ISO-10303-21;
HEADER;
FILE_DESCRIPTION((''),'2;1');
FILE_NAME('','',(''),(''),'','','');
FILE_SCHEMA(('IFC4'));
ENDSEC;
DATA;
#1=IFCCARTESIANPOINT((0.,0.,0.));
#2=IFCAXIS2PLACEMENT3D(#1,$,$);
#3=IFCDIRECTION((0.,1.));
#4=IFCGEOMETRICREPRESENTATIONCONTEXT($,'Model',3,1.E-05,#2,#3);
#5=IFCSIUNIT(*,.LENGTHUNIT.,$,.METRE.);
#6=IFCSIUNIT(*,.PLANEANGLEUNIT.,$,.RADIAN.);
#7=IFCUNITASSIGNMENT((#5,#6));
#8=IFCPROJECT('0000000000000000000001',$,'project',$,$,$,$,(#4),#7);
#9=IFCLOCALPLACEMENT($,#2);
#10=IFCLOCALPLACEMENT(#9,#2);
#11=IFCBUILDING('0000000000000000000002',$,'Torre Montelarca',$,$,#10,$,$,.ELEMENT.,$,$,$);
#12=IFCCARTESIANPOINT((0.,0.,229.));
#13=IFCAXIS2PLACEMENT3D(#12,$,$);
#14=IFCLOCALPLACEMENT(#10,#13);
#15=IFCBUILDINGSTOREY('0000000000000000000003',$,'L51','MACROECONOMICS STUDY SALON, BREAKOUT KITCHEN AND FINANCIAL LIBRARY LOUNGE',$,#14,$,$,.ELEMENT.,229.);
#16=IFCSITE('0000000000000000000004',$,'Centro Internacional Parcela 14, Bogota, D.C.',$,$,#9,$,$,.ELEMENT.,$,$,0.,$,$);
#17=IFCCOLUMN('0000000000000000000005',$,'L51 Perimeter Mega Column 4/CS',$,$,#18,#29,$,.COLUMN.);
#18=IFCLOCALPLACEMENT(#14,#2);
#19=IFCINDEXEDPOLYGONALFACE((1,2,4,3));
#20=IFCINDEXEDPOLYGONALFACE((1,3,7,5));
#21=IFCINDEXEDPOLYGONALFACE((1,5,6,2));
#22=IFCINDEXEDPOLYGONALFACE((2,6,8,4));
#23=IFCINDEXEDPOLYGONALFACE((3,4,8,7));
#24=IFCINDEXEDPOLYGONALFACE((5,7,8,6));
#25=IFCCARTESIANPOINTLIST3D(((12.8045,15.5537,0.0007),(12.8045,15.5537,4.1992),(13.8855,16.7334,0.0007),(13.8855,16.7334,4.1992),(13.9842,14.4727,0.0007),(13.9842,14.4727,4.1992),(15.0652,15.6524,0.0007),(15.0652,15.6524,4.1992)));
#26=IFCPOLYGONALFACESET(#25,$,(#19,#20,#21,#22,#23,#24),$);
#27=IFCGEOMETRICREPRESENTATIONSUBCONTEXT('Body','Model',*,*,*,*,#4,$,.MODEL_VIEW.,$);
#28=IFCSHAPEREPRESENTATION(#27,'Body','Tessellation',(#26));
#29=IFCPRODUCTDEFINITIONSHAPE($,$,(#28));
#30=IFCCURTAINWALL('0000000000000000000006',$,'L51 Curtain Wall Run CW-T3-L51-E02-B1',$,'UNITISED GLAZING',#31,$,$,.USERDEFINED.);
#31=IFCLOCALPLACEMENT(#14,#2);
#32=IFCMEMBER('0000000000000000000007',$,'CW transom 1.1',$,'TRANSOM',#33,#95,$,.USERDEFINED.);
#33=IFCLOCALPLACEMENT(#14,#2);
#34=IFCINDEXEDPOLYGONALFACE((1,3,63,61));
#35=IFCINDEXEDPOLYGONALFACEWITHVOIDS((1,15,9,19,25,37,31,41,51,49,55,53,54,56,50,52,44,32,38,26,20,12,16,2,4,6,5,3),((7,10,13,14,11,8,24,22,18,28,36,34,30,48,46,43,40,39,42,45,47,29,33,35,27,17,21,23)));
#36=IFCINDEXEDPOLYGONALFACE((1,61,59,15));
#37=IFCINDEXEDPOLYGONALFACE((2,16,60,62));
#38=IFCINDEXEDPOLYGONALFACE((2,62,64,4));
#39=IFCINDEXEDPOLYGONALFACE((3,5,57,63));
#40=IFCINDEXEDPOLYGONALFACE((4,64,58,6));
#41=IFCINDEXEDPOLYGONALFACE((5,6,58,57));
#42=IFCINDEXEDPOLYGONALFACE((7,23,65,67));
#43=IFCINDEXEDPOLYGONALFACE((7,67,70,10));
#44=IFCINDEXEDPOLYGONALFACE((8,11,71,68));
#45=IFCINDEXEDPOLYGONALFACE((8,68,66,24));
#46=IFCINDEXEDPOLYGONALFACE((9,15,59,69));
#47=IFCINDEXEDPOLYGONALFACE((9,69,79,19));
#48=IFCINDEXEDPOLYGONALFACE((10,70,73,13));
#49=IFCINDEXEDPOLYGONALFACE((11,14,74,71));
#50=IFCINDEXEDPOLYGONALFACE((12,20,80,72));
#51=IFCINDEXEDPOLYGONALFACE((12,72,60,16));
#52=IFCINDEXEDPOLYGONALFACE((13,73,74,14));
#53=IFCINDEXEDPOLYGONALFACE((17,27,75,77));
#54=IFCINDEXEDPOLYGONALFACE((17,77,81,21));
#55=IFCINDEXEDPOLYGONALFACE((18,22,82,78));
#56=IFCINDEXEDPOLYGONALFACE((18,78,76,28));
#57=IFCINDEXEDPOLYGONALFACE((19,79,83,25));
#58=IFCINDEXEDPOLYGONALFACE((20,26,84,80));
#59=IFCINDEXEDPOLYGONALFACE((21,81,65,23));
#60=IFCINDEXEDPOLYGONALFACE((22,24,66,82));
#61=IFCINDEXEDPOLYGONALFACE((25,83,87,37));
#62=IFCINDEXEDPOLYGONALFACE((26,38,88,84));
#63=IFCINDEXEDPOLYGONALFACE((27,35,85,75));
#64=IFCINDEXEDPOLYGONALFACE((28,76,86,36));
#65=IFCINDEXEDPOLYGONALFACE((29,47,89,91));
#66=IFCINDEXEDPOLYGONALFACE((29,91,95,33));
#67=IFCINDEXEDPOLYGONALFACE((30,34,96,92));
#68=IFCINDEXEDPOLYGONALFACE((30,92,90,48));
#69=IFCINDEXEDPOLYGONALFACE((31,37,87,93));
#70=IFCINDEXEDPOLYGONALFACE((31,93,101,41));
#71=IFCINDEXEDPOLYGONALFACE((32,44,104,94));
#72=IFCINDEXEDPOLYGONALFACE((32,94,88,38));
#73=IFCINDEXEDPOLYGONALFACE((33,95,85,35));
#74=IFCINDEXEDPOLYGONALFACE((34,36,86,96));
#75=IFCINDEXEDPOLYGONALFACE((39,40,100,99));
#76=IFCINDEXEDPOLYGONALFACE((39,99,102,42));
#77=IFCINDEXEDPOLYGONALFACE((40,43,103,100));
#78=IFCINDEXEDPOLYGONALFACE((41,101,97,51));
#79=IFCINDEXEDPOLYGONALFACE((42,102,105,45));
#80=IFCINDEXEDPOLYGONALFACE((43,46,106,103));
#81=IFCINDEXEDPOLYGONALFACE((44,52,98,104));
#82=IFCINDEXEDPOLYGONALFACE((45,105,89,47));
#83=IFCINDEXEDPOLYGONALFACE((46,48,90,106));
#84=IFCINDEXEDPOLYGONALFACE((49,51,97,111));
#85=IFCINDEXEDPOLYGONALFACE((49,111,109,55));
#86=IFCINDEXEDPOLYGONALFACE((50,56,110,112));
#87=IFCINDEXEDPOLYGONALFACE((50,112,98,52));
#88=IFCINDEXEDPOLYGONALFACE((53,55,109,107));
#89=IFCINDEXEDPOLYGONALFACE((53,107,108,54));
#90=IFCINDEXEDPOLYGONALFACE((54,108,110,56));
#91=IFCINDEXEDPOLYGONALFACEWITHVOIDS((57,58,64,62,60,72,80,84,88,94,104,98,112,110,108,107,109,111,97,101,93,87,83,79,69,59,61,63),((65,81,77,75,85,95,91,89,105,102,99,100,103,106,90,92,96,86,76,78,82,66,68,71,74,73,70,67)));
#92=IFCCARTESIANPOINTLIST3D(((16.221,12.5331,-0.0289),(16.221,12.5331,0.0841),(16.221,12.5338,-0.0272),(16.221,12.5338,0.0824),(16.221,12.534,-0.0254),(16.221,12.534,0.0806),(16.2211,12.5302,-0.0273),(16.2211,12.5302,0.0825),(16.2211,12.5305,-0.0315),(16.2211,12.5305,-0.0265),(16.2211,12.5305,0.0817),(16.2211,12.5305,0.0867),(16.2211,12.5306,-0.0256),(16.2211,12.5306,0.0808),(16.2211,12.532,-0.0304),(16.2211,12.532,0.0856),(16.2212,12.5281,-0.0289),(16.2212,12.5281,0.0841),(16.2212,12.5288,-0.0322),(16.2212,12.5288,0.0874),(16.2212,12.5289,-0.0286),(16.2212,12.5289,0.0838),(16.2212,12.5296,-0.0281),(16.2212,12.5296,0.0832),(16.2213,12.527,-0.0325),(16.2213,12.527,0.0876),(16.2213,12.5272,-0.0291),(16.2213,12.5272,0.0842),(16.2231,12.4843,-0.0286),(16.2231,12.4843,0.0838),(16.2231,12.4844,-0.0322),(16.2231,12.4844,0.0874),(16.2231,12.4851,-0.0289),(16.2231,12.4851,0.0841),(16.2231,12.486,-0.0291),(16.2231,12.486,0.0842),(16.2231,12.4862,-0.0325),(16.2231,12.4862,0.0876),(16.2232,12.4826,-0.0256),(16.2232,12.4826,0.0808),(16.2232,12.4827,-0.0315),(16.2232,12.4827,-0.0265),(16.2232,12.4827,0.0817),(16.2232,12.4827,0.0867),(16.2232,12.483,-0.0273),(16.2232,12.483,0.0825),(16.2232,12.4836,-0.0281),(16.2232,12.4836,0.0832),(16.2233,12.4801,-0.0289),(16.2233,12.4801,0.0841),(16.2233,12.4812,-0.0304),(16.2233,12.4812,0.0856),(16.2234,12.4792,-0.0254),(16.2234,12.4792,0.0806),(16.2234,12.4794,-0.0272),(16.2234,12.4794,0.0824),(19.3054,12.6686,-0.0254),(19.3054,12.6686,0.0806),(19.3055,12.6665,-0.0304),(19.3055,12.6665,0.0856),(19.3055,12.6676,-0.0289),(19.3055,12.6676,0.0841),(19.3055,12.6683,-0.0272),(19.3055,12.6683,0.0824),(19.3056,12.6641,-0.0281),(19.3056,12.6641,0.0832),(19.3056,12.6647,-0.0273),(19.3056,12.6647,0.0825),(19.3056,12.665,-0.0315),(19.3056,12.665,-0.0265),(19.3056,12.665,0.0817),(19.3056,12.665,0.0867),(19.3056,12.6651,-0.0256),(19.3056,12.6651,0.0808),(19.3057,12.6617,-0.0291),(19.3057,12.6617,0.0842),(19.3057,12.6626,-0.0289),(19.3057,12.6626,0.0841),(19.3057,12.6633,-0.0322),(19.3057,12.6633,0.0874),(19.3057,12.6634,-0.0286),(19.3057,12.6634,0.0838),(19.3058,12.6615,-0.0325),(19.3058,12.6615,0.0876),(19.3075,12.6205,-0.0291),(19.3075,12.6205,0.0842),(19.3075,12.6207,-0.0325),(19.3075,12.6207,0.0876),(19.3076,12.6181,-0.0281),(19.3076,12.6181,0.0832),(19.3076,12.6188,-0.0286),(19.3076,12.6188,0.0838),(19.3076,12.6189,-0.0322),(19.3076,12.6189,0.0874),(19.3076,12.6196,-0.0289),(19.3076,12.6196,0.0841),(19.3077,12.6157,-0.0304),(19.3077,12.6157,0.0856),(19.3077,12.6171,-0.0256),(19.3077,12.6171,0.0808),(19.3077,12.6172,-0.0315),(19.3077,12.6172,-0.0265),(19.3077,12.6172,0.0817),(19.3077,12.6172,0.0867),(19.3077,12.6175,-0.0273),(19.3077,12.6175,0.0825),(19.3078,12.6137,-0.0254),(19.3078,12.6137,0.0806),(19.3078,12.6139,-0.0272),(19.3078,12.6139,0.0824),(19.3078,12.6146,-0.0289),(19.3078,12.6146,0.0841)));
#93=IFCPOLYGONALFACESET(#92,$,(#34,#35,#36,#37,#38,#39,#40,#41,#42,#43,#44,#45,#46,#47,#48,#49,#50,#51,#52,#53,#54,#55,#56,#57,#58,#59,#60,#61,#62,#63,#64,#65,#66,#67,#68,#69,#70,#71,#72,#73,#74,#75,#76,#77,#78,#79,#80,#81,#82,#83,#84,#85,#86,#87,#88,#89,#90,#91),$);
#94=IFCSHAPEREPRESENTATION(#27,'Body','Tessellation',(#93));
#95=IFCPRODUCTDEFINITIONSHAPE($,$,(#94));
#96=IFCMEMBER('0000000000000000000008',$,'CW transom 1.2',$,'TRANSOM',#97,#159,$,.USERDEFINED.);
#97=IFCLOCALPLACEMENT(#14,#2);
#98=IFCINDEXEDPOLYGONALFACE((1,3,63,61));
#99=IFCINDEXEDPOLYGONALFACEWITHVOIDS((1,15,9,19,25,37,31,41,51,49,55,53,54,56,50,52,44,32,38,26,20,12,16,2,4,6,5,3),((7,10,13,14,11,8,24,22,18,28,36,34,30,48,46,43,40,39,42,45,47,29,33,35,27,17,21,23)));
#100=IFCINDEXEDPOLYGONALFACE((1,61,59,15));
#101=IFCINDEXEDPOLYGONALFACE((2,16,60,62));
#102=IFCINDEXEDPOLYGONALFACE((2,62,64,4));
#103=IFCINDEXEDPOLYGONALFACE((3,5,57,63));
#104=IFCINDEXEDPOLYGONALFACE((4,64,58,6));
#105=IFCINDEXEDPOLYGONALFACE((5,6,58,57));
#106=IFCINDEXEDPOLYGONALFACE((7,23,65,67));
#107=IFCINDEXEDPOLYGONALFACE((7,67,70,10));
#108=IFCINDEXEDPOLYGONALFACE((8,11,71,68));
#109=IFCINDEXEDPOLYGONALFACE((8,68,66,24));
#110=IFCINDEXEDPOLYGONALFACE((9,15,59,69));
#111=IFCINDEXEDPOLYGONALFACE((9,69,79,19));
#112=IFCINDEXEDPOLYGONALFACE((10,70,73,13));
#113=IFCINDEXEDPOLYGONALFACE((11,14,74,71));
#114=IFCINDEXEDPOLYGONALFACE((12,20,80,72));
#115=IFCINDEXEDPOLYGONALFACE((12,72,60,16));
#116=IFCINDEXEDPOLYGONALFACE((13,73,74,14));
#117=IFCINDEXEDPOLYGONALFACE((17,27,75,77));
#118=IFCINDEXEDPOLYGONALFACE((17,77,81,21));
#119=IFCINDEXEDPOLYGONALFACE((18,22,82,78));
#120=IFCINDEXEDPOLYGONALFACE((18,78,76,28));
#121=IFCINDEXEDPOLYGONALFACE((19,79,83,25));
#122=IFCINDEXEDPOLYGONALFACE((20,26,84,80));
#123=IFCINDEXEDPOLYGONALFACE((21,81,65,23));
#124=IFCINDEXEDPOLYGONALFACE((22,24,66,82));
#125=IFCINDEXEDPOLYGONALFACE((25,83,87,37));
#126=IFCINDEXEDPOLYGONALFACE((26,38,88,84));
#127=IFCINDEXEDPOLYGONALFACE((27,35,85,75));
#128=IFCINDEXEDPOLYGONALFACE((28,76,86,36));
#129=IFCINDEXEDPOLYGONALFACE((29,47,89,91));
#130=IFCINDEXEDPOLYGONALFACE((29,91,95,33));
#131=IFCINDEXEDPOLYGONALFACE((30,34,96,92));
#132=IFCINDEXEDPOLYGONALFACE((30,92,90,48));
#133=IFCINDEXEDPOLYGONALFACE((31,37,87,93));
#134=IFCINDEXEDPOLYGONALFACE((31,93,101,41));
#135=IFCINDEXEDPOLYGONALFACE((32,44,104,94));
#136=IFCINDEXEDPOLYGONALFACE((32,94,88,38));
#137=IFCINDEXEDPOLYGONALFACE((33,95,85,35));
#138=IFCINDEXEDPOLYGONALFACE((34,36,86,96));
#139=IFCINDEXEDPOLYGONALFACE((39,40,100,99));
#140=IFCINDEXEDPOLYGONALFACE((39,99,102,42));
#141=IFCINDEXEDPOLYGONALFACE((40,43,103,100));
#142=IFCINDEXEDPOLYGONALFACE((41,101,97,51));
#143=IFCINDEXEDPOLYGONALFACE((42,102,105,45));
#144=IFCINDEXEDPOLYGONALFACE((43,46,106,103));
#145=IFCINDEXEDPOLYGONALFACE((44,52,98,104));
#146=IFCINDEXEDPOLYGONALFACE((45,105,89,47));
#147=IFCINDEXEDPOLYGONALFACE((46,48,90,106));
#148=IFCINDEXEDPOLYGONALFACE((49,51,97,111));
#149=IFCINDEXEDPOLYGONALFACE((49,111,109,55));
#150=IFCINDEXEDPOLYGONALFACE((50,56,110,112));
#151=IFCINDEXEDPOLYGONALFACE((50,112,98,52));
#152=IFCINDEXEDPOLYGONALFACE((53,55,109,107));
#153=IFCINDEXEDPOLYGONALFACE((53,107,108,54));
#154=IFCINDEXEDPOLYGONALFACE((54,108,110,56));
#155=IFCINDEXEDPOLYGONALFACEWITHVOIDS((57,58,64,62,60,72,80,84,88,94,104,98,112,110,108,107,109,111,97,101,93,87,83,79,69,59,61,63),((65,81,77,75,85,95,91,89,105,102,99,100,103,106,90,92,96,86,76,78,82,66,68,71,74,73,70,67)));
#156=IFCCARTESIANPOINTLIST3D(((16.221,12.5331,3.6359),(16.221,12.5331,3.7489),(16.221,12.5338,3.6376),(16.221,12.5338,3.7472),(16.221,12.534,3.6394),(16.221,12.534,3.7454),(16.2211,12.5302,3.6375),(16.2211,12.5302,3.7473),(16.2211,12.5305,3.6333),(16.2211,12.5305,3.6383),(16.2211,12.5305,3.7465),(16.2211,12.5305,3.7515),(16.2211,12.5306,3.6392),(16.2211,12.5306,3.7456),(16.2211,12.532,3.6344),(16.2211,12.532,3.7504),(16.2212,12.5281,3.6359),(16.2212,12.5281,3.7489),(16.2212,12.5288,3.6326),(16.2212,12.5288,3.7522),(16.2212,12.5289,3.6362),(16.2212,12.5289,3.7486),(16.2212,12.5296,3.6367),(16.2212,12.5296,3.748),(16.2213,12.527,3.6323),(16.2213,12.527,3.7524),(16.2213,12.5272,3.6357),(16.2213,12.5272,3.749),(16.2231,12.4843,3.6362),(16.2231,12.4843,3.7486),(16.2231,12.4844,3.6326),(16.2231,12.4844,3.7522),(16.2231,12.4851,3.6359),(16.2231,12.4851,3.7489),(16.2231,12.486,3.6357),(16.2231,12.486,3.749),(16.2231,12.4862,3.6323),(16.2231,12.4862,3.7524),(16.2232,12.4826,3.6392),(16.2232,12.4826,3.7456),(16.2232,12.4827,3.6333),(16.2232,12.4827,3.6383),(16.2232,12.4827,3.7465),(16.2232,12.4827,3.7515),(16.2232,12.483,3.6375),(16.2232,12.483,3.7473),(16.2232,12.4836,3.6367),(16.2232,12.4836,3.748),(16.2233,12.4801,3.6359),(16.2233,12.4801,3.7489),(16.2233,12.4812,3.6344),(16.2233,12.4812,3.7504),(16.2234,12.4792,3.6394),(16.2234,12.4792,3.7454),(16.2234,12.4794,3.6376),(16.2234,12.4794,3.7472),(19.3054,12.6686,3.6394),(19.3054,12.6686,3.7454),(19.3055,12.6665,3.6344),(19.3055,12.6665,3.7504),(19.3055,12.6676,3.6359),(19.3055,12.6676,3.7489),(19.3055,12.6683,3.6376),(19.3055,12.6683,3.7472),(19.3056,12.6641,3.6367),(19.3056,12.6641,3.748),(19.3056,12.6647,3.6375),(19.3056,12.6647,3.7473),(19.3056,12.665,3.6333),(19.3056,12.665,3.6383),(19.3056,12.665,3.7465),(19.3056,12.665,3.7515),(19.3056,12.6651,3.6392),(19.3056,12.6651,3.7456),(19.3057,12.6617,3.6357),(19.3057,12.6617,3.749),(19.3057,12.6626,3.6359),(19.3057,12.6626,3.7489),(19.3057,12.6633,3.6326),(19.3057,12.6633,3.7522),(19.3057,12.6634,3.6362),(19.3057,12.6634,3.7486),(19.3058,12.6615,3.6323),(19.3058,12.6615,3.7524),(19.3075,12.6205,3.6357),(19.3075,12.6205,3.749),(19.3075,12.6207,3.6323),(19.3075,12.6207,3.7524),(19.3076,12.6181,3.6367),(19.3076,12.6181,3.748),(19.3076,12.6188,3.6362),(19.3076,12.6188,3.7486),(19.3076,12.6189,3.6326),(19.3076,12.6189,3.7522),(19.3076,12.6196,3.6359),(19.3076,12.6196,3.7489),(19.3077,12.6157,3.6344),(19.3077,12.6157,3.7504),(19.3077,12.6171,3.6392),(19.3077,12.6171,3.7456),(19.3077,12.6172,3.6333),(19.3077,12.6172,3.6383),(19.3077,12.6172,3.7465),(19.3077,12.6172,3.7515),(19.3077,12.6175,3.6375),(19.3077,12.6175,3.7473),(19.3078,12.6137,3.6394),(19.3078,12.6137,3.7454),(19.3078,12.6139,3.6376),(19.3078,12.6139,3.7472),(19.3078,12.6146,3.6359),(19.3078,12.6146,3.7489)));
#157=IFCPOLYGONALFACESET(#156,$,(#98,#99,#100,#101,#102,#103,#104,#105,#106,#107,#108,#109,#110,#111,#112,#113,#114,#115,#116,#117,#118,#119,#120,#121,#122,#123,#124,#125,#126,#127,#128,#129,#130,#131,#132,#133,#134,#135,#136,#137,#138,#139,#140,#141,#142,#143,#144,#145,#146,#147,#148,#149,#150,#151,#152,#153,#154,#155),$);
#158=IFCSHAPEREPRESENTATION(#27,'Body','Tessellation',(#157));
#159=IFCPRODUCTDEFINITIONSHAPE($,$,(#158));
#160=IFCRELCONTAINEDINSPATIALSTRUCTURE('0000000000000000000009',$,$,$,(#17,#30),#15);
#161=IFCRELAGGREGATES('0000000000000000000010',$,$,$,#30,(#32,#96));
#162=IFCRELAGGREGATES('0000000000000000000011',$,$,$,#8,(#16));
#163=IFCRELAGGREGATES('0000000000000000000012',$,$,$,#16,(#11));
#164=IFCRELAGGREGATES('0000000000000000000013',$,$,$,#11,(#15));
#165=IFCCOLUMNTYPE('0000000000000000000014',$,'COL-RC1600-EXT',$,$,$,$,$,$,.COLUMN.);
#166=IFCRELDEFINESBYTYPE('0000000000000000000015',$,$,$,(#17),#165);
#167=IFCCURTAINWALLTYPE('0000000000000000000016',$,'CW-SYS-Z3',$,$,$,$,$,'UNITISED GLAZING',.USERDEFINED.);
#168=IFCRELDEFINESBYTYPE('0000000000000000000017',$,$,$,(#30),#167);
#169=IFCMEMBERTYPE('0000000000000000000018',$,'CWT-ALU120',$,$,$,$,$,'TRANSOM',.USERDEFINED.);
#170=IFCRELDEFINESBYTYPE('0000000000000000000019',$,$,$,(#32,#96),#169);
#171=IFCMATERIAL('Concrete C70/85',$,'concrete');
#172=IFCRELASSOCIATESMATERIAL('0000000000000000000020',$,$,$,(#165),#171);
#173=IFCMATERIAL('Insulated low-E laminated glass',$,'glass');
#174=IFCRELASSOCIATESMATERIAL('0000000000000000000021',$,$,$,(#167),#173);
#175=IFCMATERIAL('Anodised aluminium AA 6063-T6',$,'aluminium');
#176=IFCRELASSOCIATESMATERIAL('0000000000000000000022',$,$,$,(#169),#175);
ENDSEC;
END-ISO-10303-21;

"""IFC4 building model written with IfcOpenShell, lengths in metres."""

from ifc_helpers import new_model, si_unit, direction, frame, origin, origin_2d, place, context, subcontext, project, spatial, rectangle, hollow_rectangle, extrude, source, transform, mapped, material, material_profile, profile_set, type_object, element, aggregate, save


model = new_model("IFC4")

# Units and contexts
model_context = context("Model", 3, precision=1e-05, world=origin(), true_north=direction((0.0, 1.0)))
body_context = subcontext(model_context, "Body", "Model", "MODEL_VIEW")
ifc_project = project(units=[si_unit("LENGTHUNIT", "METRE"), si_unit("PLANEANGLEUNIT", "RADIAN")], contexts=[model_context])

# Site, building, storey
site_placement = place(None, origin())
site = spatial("IfcSite", under=ifc_project, at=site_placement, Name="Centro Internacional Parcela 14, Bogota, D.C.", CompositionType="ELEMENT", RefElevation=0.0)
building_placement = place(site_placement, origin())
building = spatial("IfcBuilding", under=site, at=building_placement, Name="Torre Montelarca", CompositionType="ELEMENT")
storey_placement = place(building_placement, frame((0.0, 0.0, 229.0)))
storey = spatial("IfcBuildingStorey", under=building, at=storey_placement, Name="L51", Description="MACROECONOMICS STUDY SALON, BREAKOUT KITCHEN AND FINANCIAL LIBRARY LOUNGE", CompositionType="ELEMENT", Elevation=229.0)

# Column
ifc_material_1 = material(Name="Concrete C70/85", Category="concrete")
ifc_material_profile_1 = material_profile(ifc_material_1, rectangle(XDim=1.6001, YDim=1.6001, at=origin_2d()), Name="RC1600X1600", Category="concrete")
ifc_profile_set_1 = profile_set([ifc_material_profile_1], Name="Concrete C70/85")
column_type = type_object("IfcColumnType", Name="COL-RC1600-EXT", PredefinedType="COLUMN", material=ifc_profile_set_1)
shared_shape_1 = source(origin(), body_context, "Body", "SweptSolid", [
    extrude(rectangle(XDim=1.6001, YDim=1.6001, at=origin_2d()), origin(), (0.0, 0.0, 1.0), 4.1985),
])
column_placement = place(storey_placement, frame((13.9348, 15.603, 0.0007), z_axis=(0.0, 0.0, 1.0), x_axis=(-0.737277, 0.67559, 0.0)))
element("IfcColumn", 1, at=column_placement, inside=storey, type_object=column_type, Name="L51 Perimeter Mega Column 4/CS", PredefinedType="COLUMN", context=body_context, shape_type="MappedRepresentation", body=[
    mapped(shared_shape_1, transform((0.0, 0.0, 0.0), scale=1.0)),
])

# Curtain wall, members
ifc_material_2 = material(Name="Insulated low-E laminated glass", Category="glass")
curtain_wall_type = type_object("IfcCurtainWallType", Name="CW-SYS-Z3", ElementType="UNITISED GLAZING", PredefinedType="USERDEFINED", material=ifc_material_2)
curtain_wall_1_placement = place(storey_placement, origin())
curtain_wall_1 = element("IfcCurtainWall", 2, at=curtain_wall_1_placement, inside=storey, type_object=curtain_wall_type, Name="L51 Curtain Wall Run CW-T3-L51-E02-B1", ObjectType="UNITISED GLAZING", PredefinedType="USERDEFINED")
ifc_material_3 = material(Name="Anodised aluminium AA 6063-T6", Category="aluminium")
ifc_material_profile_2 = material_profile(ifc_material_3, hollow_rectangle(XDim=0.0549, YDim=0.1201, WallThickness=0.0034, InnerFilletRadius=0.0034, OuterFilletRadius=0.0071, at=origin_2d()), Name="ALU55X120X3.5", Category="aluminium")
ifc_profile_set_2 = profile_set([ifc_material_profile_2], Name="Anodised aluminium AA 6063-T6")
member_type_1 = type_object("IfcMemberType", Name="CWT-ALU120", ElementType="TRANSOM", PredefinedType="USERDEFINED", material=ifc_profile_set_2)
shared_shape_2 = source(origin(), body_context, "Body", "SweptSolid", [
    extrude(hollow_rectangle(XDim=0.0549, YDim=0.1201, WallThickness=0.0034, InnerFilletRadius=0.0034, OuterFilletRadius=0.0071, at=origin_2d()), origin(), (0.0, 0.0, 1.0), 3.0874),
])
member_1_placement = place(storey_placement, frame((16.2222, 12.5066, 0.0276), z_axis=(0.99905, 0.043571, 0.0), x_axis=(-0.043571, 0.99905, 0.0)))
member_1 = element("IfcMember", 3, at=member_1_placement, type_object=member_type_1, Name="CW transom 1.1", ObjectType="TRANSOM", PredefinedType="USERDEFINED", context=body_context, shape_type="MappedRepresentation", body=[
    mapped(shared_shape_2, transform((0.0, 0.0, 0.0), scale=1.0)),
])
member_2_placement = place(storey_placement, frame((16.2222, 12.5066, 3.6924), z_axis=(0.99905, 0.043571, 0.0), x_axis=(-0.043571, 0.99905, 0.0)))
member_2 = element("IfcMember", 4, at=member_2_placement, type_object=member_type_1, Name="CW transom 1.2", ObjectType="TRANSOM", PredefinedType="USERDEFINED", context=body_context, shape_type="MappedRepresentation", body=[
    mapped(shared_shape_2, transform((0.0, 0.0, 0.0), scale=1.0)),
])

aggregate(curtain_wall_1, [member_1, member_2])

save(model, "model.ifc")
